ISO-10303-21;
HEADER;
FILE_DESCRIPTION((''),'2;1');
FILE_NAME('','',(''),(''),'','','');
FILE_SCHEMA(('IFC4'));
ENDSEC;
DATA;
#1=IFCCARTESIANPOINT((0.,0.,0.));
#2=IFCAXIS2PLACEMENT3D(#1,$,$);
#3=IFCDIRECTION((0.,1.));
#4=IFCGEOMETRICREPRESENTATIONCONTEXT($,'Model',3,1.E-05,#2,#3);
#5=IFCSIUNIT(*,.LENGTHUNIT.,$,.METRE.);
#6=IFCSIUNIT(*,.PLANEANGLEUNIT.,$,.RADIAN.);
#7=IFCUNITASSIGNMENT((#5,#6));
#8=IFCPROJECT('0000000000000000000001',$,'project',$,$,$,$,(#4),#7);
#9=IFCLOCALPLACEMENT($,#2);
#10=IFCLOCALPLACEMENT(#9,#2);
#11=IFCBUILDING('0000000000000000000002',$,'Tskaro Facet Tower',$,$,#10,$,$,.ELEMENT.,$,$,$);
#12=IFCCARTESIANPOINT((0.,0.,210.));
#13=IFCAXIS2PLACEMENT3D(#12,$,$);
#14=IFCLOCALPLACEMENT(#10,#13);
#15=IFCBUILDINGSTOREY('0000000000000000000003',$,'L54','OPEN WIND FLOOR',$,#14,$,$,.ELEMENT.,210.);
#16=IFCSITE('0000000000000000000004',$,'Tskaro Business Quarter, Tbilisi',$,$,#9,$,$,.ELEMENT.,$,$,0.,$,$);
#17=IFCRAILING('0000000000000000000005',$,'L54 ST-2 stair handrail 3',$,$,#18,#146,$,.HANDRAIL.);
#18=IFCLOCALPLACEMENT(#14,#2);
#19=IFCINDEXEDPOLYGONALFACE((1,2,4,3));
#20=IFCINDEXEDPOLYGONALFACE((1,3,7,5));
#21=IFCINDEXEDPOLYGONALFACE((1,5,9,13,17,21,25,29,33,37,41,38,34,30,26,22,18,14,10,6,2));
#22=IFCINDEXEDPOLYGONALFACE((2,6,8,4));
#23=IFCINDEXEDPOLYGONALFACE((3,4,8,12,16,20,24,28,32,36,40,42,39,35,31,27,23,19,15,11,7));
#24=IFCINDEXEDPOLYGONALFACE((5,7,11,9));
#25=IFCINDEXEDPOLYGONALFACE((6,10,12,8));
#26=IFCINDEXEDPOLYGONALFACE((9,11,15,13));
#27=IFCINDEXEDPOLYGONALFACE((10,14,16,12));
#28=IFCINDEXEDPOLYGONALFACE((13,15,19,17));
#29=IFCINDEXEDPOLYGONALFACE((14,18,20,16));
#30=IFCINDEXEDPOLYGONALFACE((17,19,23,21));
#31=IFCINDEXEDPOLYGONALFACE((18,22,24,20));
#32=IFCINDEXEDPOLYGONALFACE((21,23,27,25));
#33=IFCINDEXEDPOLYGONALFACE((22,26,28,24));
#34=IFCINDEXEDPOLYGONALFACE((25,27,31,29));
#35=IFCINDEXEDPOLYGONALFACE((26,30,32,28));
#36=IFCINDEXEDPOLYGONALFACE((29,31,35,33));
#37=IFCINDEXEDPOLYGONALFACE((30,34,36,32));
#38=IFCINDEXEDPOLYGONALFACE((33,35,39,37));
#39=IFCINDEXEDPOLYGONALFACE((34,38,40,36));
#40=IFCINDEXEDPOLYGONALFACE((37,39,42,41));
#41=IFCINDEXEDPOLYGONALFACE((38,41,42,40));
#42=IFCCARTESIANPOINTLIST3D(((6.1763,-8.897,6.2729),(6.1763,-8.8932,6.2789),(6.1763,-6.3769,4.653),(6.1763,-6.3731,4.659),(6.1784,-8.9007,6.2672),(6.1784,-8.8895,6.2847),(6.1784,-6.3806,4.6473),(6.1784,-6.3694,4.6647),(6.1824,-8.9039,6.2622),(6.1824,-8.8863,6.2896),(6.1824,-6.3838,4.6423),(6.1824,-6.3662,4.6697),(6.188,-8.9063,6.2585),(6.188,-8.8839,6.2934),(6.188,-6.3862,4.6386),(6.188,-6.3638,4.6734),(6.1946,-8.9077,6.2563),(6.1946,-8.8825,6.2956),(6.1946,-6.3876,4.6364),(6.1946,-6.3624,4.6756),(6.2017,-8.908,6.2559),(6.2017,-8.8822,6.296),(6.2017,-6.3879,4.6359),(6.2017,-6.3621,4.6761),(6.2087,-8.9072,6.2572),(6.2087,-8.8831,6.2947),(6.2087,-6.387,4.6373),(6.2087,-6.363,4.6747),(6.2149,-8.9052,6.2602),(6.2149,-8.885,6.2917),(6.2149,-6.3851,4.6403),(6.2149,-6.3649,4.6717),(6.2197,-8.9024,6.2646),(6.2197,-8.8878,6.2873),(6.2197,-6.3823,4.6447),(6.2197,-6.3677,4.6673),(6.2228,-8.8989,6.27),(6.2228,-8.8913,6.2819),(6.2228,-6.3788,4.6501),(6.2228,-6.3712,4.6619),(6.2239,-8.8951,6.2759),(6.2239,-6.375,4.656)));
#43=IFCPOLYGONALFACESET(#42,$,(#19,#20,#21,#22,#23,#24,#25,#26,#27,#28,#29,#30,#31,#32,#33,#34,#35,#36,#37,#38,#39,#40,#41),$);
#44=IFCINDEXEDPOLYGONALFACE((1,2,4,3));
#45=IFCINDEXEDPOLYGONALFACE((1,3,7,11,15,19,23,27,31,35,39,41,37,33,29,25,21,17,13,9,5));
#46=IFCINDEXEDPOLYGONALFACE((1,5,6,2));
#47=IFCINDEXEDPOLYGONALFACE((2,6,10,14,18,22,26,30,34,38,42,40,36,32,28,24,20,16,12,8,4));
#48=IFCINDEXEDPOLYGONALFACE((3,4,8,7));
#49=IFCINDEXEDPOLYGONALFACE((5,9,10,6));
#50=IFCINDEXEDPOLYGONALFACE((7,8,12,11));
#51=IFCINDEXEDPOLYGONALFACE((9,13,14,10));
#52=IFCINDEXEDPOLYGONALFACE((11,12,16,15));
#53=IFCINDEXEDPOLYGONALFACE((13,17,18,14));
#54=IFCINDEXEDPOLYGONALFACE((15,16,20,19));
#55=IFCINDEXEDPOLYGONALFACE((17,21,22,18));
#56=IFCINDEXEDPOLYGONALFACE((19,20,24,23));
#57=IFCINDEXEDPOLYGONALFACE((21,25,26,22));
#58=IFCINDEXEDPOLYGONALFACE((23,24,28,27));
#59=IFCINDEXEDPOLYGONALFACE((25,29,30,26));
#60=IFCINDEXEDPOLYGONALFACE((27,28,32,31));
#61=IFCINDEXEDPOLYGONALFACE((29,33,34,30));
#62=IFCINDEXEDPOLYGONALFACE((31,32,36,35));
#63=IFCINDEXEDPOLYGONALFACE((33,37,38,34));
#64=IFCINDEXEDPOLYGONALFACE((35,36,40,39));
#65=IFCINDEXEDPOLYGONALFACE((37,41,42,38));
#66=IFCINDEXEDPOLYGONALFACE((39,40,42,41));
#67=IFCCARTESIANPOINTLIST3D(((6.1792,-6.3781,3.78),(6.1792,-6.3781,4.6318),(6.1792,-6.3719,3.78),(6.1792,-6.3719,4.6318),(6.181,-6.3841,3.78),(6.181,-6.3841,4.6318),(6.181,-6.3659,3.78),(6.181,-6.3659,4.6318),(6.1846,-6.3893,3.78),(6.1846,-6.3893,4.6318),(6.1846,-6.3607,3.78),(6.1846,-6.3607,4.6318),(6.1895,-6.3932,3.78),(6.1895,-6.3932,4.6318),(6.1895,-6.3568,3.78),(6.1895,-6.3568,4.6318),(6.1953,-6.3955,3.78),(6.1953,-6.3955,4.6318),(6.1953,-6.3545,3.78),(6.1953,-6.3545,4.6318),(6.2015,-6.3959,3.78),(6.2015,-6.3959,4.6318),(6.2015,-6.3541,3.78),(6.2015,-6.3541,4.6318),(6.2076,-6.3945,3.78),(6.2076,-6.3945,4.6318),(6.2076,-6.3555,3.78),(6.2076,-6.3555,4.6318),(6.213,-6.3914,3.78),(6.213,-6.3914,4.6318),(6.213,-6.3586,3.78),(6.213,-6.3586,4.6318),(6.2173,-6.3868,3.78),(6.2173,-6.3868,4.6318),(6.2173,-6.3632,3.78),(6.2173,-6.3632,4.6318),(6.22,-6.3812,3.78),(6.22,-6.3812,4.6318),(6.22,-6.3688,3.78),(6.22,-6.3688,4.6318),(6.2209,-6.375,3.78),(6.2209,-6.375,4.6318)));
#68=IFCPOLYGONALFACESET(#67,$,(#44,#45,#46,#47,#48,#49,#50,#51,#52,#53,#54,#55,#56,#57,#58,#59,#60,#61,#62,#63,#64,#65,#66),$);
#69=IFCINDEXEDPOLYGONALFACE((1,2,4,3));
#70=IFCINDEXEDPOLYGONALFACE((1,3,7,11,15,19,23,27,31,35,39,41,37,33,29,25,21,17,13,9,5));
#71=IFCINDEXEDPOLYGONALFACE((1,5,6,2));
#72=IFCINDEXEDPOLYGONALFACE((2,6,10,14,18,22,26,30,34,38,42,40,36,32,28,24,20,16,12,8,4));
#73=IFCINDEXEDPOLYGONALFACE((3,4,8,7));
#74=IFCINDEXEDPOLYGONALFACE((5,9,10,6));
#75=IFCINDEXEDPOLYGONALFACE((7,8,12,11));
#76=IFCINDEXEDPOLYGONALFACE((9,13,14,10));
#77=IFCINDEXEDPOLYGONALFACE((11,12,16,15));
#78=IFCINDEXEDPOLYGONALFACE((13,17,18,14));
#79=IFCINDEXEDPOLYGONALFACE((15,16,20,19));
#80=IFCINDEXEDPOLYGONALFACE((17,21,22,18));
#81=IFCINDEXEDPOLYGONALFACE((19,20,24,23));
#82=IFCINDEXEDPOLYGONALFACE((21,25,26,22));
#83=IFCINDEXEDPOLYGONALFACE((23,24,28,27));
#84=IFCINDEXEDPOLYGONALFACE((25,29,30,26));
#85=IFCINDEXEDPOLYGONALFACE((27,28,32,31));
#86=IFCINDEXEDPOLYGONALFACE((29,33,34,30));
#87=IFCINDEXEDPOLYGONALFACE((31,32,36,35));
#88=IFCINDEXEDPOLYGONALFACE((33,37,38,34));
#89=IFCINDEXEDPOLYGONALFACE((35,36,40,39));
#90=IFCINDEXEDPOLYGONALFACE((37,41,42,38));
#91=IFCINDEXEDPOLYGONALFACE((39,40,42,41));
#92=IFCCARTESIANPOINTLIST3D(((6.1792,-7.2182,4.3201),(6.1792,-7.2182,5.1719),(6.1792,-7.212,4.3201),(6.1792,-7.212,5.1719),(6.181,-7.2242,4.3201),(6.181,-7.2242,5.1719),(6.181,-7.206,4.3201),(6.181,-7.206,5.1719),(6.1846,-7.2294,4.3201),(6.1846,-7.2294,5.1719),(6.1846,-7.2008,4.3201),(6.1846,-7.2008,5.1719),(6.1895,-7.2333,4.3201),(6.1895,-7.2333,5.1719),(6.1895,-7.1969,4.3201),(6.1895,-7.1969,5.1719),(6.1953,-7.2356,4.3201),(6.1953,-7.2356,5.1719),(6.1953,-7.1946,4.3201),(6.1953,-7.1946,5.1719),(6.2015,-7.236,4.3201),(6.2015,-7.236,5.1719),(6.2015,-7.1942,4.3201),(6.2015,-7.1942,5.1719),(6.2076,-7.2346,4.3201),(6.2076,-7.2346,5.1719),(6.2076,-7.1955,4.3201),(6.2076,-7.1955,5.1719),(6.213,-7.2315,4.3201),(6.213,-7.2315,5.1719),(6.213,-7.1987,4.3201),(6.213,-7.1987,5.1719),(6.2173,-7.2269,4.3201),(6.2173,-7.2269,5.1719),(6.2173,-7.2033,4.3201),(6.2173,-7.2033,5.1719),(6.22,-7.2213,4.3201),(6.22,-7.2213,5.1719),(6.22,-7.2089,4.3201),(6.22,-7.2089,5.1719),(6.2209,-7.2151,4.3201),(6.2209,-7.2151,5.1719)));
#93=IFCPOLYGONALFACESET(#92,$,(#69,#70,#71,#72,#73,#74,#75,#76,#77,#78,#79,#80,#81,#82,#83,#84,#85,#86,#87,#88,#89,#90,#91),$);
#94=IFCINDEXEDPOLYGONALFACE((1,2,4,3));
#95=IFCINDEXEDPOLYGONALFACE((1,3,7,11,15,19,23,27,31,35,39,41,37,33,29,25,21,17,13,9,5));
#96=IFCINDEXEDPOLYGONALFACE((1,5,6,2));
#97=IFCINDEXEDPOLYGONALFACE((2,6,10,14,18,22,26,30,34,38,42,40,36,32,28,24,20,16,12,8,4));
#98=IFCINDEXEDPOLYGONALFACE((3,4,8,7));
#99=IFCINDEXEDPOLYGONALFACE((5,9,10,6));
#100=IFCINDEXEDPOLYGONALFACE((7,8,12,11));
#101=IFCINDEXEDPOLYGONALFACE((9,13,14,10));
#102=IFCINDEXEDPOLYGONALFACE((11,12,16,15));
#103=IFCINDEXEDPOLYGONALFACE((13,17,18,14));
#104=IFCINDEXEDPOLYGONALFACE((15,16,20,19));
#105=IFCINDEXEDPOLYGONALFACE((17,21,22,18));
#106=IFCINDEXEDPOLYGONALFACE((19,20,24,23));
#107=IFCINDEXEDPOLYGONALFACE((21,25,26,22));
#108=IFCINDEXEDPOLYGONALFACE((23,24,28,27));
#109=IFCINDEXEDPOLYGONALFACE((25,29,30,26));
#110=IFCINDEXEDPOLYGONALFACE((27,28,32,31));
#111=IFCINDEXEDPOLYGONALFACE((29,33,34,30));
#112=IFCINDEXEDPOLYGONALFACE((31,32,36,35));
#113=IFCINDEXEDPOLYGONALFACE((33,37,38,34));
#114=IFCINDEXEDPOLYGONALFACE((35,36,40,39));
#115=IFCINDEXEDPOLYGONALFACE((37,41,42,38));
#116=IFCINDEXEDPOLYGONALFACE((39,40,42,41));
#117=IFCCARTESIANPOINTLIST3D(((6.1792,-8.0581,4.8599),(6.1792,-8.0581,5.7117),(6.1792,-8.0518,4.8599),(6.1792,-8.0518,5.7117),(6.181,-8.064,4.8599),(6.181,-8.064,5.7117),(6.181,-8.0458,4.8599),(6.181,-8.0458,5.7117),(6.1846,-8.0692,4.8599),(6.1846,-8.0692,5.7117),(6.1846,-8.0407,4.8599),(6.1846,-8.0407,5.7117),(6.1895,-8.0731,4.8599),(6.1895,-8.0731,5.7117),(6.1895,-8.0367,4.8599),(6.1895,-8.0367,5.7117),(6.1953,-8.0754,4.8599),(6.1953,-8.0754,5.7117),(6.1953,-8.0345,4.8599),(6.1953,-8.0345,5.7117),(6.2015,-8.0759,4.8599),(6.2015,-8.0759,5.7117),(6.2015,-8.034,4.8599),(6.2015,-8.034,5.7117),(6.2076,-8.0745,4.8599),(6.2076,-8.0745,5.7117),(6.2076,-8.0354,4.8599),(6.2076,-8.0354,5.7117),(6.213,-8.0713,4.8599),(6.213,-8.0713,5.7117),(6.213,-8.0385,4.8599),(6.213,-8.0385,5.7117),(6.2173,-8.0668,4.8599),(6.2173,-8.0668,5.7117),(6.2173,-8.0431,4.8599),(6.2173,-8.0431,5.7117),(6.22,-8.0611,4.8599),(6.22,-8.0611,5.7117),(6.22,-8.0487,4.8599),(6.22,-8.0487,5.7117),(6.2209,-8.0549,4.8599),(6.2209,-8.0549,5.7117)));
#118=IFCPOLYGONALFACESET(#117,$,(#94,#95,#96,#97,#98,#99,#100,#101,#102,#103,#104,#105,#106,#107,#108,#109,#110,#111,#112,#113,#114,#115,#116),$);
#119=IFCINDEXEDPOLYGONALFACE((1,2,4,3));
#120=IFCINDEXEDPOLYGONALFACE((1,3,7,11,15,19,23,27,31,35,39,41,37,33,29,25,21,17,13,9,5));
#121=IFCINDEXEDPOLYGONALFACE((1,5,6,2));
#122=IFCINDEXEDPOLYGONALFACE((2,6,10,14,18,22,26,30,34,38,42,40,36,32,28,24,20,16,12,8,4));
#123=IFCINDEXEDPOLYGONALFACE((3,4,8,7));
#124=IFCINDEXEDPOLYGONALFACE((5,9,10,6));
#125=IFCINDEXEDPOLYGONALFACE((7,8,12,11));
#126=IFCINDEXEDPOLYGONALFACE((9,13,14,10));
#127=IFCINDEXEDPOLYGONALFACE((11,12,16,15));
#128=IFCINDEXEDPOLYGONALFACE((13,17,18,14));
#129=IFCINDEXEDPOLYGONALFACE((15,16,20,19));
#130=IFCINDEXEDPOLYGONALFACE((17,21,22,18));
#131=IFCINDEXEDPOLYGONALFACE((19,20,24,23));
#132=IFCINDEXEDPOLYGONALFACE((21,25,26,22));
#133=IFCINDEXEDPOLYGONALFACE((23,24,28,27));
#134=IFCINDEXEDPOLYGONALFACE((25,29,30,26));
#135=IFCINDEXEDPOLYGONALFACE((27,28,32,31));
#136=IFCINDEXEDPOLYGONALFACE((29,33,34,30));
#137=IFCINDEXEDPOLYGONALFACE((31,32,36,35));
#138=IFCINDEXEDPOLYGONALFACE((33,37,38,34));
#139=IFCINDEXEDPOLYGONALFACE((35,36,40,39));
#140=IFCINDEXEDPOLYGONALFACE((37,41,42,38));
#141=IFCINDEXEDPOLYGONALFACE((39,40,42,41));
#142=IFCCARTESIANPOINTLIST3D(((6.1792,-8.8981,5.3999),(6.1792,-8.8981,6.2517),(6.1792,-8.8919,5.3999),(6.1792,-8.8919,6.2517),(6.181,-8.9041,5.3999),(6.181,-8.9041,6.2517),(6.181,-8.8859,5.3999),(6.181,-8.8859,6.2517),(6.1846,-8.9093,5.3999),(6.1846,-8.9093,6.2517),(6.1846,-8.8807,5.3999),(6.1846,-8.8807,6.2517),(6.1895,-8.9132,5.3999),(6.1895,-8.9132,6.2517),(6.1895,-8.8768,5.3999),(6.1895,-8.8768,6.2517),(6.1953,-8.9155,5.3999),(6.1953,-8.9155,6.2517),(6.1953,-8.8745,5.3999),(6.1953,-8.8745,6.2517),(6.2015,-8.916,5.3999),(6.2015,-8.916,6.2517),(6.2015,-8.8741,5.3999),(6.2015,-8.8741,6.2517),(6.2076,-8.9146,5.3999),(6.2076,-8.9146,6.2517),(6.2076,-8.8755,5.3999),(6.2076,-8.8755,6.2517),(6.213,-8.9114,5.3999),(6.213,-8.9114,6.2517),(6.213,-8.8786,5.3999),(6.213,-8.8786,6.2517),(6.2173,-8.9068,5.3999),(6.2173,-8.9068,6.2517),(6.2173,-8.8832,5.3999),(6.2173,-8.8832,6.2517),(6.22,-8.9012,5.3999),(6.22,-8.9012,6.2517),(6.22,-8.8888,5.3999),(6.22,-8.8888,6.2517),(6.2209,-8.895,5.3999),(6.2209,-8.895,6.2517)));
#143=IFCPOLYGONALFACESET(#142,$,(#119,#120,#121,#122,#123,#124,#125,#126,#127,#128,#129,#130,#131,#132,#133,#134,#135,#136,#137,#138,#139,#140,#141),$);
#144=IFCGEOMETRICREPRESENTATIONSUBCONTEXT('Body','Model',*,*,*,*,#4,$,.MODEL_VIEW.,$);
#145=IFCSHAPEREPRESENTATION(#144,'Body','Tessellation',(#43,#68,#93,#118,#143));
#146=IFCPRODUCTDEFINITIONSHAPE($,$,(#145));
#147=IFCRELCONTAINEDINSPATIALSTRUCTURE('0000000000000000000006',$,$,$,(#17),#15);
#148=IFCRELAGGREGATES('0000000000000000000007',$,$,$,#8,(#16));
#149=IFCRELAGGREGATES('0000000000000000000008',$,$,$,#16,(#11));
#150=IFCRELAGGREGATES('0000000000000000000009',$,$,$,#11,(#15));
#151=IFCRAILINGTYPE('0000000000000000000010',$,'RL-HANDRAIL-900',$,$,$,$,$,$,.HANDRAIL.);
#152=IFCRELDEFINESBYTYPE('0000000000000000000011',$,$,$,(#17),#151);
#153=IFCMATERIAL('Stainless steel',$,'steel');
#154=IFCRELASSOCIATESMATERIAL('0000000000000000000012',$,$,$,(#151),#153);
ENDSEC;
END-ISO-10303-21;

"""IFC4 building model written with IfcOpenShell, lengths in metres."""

from ifc_helpers import new_model, si_unit, direction, frame, origin, origin_2d, place, context, subcontext, project, spatial, circle, extrude, material, type_object, element, save


model = new_model("IFC4")

# Units and contexts
model_context = context("Model", 3, precision=1e-05, world=origin(), true_north=direction((0.0, 1.0)))
body_context = subcontext(model_context, "Body", "Model", "MODEL_VIEW")
ifc_project = project(units=[si_unit("LENGTHUNIT", "METRE"), si_unit("PLANEANGLEUNIT", "RADIAN")], contexts=[model_context])

# Site, building, storey
site_placement = place(None, origin())
site = spatial("IfcSite", under=ifc_project, at=site_placement, Name="Tskaro Business Quarter, Tbilisi", CompositionType="ELEMENT", RefElevation=0.0)
building_placement = place(site_placement, origin())
building = spatial("IfcBuilding", under=site, at=building_placement, Name="Tskaro Facet Tower", CompositionType="ELEMENT")
storey_placement = place(building_placement, frame((0.0, 0.0, 210.0)))
storey = spatial("IfcBuildingStorey", under=building, at=storey_placement, Name="L54", Description="OPEN WIND FLOOR", CompositionType="ELEMENT", Elevation=210.0)

# Railing
ifc_material_1 = material(Name="Stainless steel", Category="steel")
railing_type_1 = type_object("IfcRailingType", Name="RL-HANDRAIL-900", PredefinedType="HANDRAIL", material=ifc_material_1)
railing_1_placement = place(storey_placement, frame((6.2, -6.375, 3.78)))
element("IfcRailing", 1, at=railing_1_placement, inside=storey, type_object=railing_type_1, Name="L54 ST-2 stair handrail 3", PredefinedType="HANDRAIL", context=body_context, shape_type="SweptSolid", body=[
    extrude(circle(Radius=0.0239, at=origin_2d()), frame((0.0, 0.0, 0.876), z_axis=(0.0, -0.8412, 0.540725), x_axis=(1.0, 0.0, 0.0)), (0.0, 0.0, 1.0), 2.9958),
    extrude(circle(Radius=0.021, at=origin_2d()), origin(), (0.0, 0.0, 1.0), 0.8518),
    extrude(circle(Radius=0.021, at=origin_2d()), frame((0.0, -0.8401, 0.54)), (0.0, 0.0, 1.0), 0.8518),
    extrude(circle(Radius=0.021, at=origin_2d()), frame((0.0, -1.6799, 1.0798)), (0.0, 0.0, 1.0), 0.8518),
    extrude(circle(Radius=0.021, at=origin_2d()), frame((0.0, -2.52, 1.6199)), (0.0, 0.0, 1.0), 0.8518),
])

save(model, "model.ifc")
